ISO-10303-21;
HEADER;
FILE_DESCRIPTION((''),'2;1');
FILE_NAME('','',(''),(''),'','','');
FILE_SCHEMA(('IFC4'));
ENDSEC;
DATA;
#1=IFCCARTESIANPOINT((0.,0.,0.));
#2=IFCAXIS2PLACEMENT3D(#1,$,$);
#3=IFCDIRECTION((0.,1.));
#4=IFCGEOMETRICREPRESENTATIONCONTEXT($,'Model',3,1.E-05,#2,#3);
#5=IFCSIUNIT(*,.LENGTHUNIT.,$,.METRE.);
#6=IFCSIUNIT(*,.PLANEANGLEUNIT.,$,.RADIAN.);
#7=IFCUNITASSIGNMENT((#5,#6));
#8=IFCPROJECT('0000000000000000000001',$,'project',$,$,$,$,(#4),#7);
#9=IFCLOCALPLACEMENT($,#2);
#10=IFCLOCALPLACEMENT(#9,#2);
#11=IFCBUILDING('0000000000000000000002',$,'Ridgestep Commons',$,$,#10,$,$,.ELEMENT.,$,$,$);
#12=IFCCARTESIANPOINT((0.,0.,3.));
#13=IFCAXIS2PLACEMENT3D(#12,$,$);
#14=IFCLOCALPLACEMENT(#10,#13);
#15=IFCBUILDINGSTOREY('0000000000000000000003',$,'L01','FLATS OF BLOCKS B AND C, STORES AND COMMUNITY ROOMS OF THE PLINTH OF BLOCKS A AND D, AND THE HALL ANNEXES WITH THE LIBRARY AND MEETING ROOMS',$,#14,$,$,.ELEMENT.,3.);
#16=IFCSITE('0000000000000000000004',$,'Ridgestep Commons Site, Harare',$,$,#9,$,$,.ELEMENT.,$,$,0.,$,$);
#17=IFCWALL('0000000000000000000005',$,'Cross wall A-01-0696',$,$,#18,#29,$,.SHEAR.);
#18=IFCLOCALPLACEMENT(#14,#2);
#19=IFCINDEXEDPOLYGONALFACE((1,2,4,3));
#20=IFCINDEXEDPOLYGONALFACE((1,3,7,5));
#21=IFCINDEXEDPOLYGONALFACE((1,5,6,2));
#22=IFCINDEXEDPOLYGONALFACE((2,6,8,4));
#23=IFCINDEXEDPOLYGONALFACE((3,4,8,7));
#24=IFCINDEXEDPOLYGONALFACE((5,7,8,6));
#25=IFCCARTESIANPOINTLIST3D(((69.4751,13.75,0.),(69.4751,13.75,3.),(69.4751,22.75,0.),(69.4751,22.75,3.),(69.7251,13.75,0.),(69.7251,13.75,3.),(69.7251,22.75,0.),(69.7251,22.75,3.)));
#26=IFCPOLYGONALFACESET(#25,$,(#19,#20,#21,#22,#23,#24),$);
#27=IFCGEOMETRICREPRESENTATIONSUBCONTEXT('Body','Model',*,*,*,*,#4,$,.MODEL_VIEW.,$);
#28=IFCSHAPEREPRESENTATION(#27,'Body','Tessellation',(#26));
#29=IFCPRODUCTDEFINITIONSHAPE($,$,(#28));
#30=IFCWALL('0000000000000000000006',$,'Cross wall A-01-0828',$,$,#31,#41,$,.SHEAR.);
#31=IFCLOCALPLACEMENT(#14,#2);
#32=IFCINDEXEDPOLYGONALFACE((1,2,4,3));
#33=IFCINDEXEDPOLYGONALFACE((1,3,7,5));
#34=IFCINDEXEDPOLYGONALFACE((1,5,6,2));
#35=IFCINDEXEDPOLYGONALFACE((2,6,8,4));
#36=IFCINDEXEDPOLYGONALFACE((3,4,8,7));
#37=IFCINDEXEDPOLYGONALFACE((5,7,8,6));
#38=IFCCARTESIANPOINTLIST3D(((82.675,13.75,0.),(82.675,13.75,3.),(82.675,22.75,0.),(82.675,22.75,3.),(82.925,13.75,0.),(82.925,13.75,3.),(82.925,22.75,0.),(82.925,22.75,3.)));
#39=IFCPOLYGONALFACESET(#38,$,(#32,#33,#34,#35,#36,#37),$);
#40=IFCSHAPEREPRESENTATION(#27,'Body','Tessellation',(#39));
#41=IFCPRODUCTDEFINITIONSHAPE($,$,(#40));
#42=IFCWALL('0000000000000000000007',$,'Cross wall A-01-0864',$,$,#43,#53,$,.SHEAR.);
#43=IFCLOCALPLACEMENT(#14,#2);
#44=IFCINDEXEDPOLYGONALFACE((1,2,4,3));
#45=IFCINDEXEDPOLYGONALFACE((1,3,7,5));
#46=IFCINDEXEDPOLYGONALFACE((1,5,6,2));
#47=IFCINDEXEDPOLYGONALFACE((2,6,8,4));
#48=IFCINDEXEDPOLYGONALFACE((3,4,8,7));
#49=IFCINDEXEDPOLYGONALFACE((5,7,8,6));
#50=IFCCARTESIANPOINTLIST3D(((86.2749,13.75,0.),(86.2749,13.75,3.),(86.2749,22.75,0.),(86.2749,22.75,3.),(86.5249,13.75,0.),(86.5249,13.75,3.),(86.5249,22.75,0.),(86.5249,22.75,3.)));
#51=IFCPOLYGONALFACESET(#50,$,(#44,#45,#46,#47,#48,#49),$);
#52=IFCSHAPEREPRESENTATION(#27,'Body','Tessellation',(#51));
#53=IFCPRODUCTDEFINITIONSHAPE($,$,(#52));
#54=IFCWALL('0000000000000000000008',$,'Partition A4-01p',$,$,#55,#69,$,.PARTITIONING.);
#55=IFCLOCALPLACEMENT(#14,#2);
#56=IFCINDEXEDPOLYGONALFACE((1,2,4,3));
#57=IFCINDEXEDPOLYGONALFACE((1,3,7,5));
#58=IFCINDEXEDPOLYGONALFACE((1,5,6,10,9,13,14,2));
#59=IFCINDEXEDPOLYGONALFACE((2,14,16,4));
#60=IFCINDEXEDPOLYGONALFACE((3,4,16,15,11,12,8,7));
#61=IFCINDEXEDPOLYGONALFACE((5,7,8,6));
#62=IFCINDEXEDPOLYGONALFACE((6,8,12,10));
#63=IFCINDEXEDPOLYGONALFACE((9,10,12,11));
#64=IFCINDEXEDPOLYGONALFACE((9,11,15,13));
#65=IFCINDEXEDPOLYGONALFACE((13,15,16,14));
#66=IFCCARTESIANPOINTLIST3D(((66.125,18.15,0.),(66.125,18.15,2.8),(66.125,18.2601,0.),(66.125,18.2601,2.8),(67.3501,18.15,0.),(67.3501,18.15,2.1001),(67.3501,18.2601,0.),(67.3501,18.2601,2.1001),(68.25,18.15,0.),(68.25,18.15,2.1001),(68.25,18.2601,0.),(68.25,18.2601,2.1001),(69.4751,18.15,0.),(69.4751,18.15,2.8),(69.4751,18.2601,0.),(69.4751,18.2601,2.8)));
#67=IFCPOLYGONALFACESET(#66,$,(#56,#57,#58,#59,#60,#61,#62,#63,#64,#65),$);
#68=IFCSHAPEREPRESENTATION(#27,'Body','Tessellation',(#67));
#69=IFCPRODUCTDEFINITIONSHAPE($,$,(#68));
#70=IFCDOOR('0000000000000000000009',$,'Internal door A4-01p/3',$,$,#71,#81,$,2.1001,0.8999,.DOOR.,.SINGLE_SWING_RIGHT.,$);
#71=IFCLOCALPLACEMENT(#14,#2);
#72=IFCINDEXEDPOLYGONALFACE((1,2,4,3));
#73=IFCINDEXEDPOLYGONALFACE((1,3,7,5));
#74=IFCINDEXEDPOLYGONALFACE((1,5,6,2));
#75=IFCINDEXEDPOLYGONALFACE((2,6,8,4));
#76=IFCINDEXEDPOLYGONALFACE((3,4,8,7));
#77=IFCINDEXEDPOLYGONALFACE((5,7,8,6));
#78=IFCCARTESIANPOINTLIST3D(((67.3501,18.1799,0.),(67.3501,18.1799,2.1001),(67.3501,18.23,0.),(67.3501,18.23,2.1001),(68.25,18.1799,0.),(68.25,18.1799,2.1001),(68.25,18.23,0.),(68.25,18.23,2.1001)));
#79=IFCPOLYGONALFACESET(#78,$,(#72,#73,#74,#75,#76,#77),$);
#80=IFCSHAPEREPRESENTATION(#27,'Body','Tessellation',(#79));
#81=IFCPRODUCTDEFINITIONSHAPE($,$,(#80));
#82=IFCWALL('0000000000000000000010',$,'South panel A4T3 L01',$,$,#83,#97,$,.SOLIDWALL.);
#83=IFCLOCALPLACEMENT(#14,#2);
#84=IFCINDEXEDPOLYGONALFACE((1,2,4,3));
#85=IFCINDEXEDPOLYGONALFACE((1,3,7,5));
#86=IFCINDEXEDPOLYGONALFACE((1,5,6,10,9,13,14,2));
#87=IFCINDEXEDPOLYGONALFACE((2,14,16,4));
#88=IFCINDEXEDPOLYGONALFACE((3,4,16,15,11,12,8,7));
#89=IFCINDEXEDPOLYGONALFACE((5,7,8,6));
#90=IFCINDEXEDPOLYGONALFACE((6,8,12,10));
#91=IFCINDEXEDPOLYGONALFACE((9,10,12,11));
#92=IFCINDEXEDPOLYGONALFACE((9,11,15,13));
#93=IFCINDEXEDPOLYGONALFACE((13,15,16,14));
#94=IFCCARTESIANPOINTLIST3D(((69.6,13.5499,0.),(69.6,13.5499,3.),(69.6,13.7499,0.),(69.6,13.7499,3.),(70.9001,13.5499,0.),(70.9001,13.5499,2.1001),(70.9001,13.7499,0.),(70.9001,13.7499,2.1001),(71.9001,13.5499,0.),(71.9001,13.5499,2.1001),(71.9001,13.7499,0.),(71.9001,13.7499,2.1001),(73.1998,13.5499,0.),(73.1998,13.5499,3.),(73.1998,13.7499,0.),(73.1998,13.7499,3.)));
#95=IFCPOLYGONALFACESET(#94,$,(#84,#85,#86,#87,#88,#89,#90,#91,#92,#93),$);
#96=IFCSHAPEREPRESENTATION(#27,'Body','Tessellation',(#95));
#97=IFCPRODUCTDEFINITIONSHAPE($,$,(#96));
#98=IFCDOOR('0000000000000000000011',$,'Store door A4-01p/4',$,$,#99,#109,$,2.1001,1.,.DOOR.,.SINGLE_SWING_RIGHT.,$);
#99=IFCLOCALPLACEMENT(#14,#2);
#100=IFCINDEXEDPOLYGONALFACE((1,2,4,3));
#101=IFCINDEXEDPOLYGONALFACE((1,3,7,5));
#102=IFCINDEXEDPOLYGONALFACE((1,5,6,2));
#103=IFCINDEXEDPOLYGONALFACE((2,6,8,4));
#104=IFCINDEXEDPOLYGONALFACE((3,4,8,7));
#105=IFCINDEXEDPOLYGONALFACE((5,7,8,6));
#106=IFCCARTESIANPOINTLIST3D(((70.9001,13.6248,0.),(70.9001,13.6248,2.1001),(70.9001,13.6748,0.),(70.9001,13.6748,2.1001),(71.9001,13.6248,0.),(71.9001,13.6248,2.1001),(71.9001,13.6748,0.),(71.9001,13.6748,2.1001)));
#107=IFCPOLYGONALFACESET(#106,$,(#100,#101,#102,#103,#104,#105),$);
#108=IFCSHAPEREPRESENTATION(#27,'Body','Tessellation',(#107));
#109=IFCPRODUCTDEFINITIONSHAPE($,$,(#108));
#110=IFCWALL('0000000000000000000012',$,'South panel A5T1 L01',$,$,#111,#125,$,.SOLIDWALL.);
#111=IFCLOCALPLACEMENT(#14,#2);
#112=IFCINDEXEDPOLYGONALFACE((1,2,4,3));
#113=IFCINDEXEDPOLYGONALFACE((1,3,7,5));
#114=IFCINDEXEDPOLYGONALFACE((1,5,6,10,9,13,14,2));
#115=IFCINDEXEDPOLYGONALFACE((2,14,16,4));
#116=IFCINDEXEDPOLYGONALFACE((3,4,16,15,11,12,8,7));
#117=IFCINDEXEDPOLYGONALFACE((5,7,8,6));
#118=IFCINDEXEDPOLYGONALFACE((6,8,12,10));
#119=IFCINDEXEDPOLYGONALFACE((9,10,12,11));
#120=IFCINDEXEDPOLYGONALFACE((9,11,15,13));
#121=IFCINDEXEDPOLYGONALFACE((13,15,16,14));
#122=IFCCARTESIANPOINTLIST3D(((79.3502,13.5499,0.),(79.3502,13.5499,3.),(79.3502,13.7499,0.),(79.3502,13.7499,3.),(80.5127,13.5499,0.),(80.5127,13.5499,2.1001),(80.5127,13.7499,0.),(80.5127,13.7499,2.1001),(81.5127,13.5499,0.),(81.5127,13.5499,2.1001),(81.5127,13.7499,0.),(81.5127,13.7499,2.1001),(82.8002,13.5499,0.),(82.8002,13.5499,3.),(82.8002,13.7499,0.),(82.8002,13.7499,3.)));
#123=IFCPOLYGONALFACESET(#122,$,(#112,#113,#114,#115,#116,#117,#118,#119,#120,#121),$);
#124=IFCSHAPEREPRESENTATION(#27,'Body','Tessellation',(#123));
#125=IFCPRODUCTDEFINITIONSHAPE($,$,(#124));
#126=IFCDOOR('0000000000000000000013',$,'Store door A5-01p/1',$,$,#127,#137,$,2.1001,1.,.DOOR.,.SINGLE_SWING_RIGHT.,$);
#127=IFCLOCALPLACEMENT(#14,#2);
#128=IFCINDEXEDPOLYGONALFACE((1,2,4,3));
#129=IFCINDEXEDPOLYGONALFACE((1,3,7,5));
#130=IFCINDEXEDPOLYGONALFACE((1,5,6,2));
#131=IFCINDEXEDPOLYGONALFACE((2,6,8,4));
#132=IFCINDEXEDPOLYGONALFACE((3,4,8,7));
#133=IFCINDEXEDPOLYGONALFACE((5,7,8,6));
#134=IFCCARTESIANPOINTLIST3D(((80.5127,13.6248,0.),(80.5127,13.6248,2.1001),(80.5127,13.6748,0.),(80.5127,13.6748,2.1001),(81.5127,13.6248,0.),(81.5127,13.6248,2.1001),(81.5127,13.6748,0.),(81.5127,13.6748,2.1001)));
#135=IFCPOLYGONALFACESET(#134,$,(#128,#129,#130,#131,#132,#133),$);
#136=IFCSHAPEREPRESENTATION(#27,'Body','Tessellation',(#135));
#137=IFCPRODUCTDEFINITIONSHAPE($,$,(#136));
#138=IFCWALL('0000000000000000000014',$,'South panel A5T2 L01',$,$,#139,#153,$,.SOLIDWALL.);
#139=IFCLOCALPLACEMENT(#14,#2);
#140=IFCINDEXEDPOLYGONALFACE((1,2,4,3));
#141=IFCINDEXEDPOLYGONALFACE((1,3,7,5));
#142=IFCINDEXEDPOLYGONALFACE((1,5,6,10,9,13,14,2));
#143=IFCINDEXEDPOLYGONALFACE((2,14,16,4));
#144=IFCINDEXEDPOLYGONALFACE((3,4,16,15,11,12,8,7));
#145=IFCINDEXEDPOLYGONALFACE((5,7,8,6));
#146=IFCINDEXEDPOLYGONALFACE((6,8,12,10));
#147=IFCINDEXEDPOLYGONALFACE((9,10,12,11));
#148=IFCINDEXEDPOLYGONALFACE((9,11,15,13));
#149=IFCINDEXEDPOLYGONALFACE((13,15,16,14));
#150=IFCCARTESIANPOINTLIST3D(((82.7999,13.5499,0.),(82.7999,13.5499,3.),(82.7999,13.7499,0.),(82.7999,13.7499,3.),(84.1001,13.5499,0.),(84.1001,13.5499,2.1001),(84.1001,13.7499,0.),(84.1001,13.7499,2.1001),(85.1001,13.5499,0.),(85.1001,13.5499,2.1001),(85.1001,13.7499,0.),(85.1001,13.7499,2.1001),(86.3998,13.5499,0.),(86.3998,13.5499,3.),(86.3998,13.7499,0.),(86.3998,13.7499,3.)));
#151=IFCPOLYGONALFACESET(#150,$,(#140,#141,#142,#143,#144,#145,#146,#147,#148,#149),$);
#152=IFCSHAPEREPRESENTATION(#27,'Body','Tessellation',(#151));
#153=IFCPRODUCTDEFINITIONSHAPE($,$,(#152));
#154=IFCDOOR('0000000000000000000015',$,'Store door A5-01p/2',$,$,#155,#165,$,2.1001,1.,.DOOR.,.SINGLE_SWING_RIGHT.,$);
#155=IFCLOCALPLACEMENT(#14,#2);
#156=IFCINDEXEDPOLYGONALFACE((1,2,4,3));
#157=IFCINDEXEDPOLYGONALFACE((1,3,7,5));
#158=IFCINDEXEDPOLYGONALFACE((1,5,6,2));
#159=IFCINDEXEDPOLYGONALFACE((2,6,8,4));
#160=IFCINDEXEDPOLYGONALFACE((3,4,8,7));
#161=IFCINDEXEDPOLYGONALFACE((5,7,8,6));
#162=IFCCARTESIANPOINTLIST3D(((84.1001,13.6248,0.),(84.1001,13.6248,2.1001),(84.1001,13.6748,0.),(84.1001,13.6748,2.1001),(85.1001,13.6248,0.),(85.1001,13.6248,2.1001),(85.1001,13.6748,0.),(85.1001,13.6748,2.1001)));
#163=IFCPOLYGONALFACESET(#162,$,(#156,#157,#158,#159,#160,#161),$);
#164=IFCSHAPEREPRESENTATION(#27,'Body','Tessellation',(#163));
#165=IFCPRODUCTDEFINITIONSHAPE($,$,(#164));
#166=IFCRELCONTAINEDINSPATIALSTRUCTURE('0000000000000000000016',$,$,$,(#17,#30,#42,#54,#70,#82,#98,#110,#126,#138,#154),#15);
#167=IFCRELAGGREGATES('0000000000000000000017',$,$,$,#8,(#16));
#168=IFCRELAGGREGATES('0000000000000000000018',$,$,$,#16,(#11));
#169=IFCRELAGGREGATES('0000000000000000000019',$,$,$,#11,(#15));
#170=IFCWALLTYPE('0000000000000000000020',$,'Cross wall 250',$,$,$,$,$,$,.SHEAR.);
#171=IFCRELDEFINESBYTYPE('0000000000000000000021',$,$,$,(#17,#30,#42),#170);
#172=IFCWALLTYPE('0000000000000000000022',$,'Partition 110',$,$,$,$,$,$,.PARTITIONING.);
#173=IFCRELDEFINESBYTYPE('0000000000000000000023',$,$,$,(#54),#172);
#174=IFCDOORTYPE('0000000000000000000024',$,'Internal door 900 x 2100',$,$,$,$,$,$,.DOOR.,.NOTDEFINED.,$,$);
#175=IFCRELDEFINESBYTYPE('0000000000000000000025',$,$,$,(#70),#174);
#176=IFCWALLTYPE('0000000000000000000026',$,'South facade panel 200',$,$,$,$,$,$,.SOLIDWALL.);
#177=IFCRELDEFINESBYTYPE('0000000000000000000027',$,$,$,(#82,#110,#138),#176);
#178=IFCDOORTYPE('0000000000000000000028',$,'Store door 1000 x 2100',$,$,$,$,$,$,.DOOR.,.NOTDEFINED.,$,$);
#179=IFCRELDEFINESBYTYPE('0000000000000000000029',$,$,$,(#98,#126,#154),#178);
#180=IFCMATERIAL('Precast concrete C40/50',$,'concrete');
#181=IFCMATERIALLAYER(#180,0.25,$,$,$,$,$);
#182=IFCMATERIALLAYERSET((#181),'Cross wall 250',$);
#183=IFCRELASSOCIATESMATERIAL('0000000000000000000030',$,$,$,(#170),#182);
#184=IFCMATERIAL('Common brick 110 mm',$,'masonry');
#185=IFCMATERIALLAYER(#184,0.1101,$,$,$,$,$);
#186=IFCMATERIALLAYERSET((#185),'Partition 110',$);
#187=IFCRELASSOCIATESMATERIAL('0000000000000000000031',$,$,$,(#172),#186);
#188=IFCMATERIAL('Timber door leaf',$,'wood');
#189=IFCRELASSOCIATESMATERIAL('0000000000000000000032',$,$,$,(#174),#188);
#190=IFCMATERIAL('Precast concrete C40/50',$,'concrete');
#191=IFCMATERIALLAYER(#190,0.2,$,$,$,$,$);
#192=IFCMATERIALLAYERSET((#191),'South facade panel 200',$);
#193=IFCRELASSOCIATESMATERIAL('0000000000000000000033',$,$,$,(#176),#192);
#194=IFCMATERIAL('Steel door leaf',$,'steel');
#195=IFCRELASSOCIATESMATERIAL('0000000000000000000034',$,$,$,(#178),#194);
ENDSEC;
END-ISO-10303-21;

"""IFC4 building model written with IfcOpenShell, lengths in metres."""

from ifc_helpers import new_model, si_unit, direction, frame, frame_2d, origin, place, context, subcontext, project, spatial, rectangle, extrude, material, layer, layer_set, type_object, element, fill, save


model = new_model("IFC4")

# Units and contexts
model_context = context("Model", 3, precision=1e-05, world=origin(), true_north=direction((0.0, 1.0)))
body_context = subcontext(model_context, "Body", "Model", "MODEL_VIEW")
ifc_project = project(units=[si_unit("LENGTHUNIT", "METRE"), si_unit("PLANEANGLEUNIT", "RADIAN")], contexts=[model_context])

# Site, building, storey
site_placement = place(None, origin())
site = spatial("IfcSite", under=ifc_project, at=site_placement, Name="Ridgestep Commons Site, Harare", CompositionType="ELEMENT", RefElevation=0.0)
building_placement = place(site_placement, origin())
building = spatial("IfcBuilding", under=site, at=building_placement, Name="Ridgestep Commons", CompositionType="ELEMENT")
storey_placement = place(building_placement, frame((0.0, 0.0, 3.0)))
storey = spatial("IfcBuildingStorey", under=building, at=storey_placement, Name="L01", Description="FLATS OF BLOCKS B AND C, STORES AND COMMUNITY ROOMS OF THE PLINTH OF BLOCKS A AND D, AND THE HALL ANNEXES WITH THE LIBRARY AND MEETING ROOMS", CompositionType="ELEMENT", Elevation=3.0)

# Walls
ifc_material_1 = material(Name="Precast concrete C40/50", Category="concrete")
ifc_layer_1 = layer(ifc_material_1, 0.25)
ifc_layer_set_1 = layer_set([ifc_layer_1], Name="Cross wall 250")
wall_type_1 = type_object("IfcWallType", Name="Cross wall 250", PredefinedType="SHEAR", material=ifc_layer_set_1)
for number, where, z_axis, x_axis, name in (
    (1, (69.6001, 13.75, 0.0), (0.0, 0.0, 1.0), (0.0, 1.0, 0.0), "Cross wall A-01-0696"),
    (2, (82.8, 13.75, 0.0), (0.0, 0.0, 1.0), (0.0, 1.0, 0.0), "Cross wall A-01-0828"),
    (3, (86.3999, 13.75, 0.0), (0.0, 0.0, 1.0), (0.0, 1.0, 0.0), "Cross wall A-01-0864"),
):
    element("IfcWall", number, at=place(storey_placement, frame(where, z_axis=z_axis, x_axis=x_axis)), inside=storey, type_object=wall_type_1, Name=name, PredefinedType="SHEAR", context=body_context, shape_type="SweptSolid", body=[
        extrude(rectangle(XDim=9.0, YDim=0.25, at=frame_2d((4.5, 0.0))), origin(), (0.0, 0.0, 1.0), 3.0),
    ])

# Walls, openings, doors
ifc_material_2 = material(Name="Common brick 110 mm", Category="masonry")
ifc_layer_2 = layer(ifc_material_2, 0.1101)
ifc_layer_set_2 = layer_set([ifc_layer_2], Name="Partition 110")
wall_type_2 = type_object("IfcWallType", Name="Partition 110", PredefinedType="PARTITIONING", material=ifc_layer_set_2)
wall_1_placement = place(storey_placement, frame((66.125, 18.2051, 0.0), z_axis=(0.0, 0.0, 1.0), x_axis=(1.0, 0.0, 0.0)))
wall_1 = element("IfcWall", 4, at=wall_1_placement, inside=storey, type_object=wall_type_2, Name="Partition A4-01p", PredefinedType="PARTITIONING", context=body_context, shape_type="SweptSolid", body=[
    extrude(rectangle(XDim=3.3501, YDim=0.1101, at=frame_2d((1.675, 0.0))), origin(), (0.0, 0.0, 1.0), 2.8),
])
opening_1_placement = place(wall_1_placement, frame((1.2251, 0.0, 0.0)))
opening_1 = element("IfcOpeningElement", 5, at=opening_1_placement, cuts=wall_1, PredefinedType="OPENING", context=body_context, shape_type="SweptSolid", body=[
    extrude(rectangle(XDim=0.8999, YDim=2.1001, at=frame_2d((0.45, 1.05))), frame((0.0, 0.0649, 0.0), z_axis=(0.0, -1.0, 0.0), x_axis=(1.0, 0.0, 0.0)), (0.0, 0.0, 1.0), 0.1301),
])
ifc_material_3 = material(Name="Timber door leaf", Category="wood")
door_type_1 = type_object("IfcDoorType", Name="Internal door 900 x 2100", OperationType="NOTDEFINED", PredefinedType="DOOR", material=ifc_material_3)
door_1_placement = place(opening_1_placement, origin())
door_1 = element("IfcDoor", 6, at=door_1_placement, inside=storey, type_object=door_type_1, Name="Internal door A4-01p/3", OperationType="SINGLE_SWING_RIGHT", OverallHeight=2.1001, OverallWidth=0.8999, PredefinedType="DOOR", context=body_context, shape_type="SweptSolid", body=[
    extrude(rectangle(XDim=0.8999, YDim=2.1001, at=frame_2d((0.45, 1.05))), frame((0.0, 0.0249, 0.0), z_axis=(0.0, -1.0, 0.0), x_axis=(1.0, 0.0, 0.0)), (0.0, 0.0, 1.0), 0.05),
])
fill(opening_1, door_1)
ifc_material_4 = material(Name="Precast concrete C40/50", Category="concrete")
ifc_layer_3 = layer(ifc_material_4, 0.2)
ifc_layer_set_3 = layer_set([ifc_layer_3], Name="South facade panel 200")
wall_type_3 = type_object("IfcWallType", Name="South facade panel 200", PredefinedType="SOLIDWALL", material=ifc_layer_set_3)
wall_2_placement = place(storey_placement, frame((69.6001, 13.6499, 0.0), z_axis=(0.0, 0.0, 1.0), x_axis=(1.0, 0.0, 0.0)))
wall_2 = element("IfcWall", 7, at=wall_2_placement, inside=storey, type_object=wall_type_3, Name="South panel A4T3 L01", PredefinedType="SOLIDWALL", context=body_context, shape_type="SweptSolid", body=[
    extrude(rectangle(XDim=3.5999, YDim=0.2, at=frame_2d((1.7998, 0.0))), origin(), (0.0, 0.0, 1.0), 3.0),
])
opening_2_placement = place(wall_2_placement, frame((1.3, 0.0, 0.0)))
opening_2 = element("IfcOpeningElement", 8, at=opening_2_placement, cuts=wall_2, PredefinedType="OPENING", context=body_context, shape_type="SweptSolid", body=[
    extrude(rectangle(XDim=1.0, YDim=2.1001, at=frame_2d((0.5, 1.05))), frame((0.0, 0.1099, 0.0), z_axis=(0.0, -1.0, 0.0), x_axis=(1.0, 0.0, 0.0)), (0.0, 0.0, 1.0), 0.22),
])
ifc_material_5 = material(Name="Steel door leaf", Category="steel")
door_type_2 = type_object("IfcDoorType", Name="Store door 1000 x 2100", OperationType="NOTDEFINED", PredefinedType="DOOR", material=ifc_material_5)
door_2_placement = place(opening_2_placement, origin())
door_2 = element("IfcDoor", 9, at=door_2_placement, inside=storey, type_object=door_type_2, Name="Store door A4-01p/4", OperationType="SINGLE_SWING_RIGHT", OverallHeight=2.1001, OverallWidth=1.0, PredefinedType="DOOR", context=body_context, shape_type="SweptSolid", body=[
    extrude(rectangle(XDim=1.0, YDim=2.1001, at=frame_2d((0.5, 1.05))), frame((0.0, 0.0249, 0.0), z_axis=(0.0, -1.0, 0.0), x_axis=(1.0, 0.0, 0.0)), (0.0, 0.0, 1.0), 0.05),
])
fill(opening_2, door_2)
wall_3_placement = place(storey_placement, frame((79.3501, 13.6499, 0.0), z_axis=(0.0, 0.0, 1.0), x_axis=(1.0, 0.0, 0.0)))
wall_3 = element("IfcWall", 10, at=wall_3_placement, inside=storey, type_object=wall_type_3, Name="South panel A5T1 L01", PredefinedType="SOLIDWALL", context=body_context, shape_type="SweptSolid", body=[
    extrude(rectangle(XDim=3.45, YDim=0.2, at=frame_2d((1.7251, 0.0))), origin(), (0.0, 0.0, 1.0), 3.0),
])
opening_3_placement = place(wall_3_placement, frame((1.1626, 0.0, 0.0)))
opening_3 = element("IfcOpeningElement", 11, at=opening_3_placement, cuts=wall_3, PredefinedType="OPENING", context=body_context, shape_type="SweptSolid", body=[
    extrude(rectangle(XDim=1.0, YDim=2.1001, at=frame_2d((0.5, 1.05))), frame((0.0, 0.1099, 0.0), z_axis=(0.0, -1.0, 0.0), x_axis=(1.0, 0.0, 0.0)), (0.0, 0.0, 1.0), 0.22),
])
door_3_placement = place(opening_3_placement, origin())
door_3 = element("IfcDoor", 12, at=door_3_placement, inside=storey, type_object=door_type_2, Name="Store door A5-01p/1", OperationType="SINGLE_SWING_RIGHT", OverallHeight=2.1001, OverallWidth=1.0, PredefinedType="DOOR", context=body_context, shape_type="SweptSolid", body=[
    extrude(rectangle(XDim=1.0, YDim=2.1001, at=frame_2d((0.5, 1.05))), frame((0.0, 0.0249, 0.0), z_axis=(0.0, -1.0, 0.0), x_axis=(1.0, 0.0, 0.0)), (0.0, 0.0, 1.0), 0.05),
])
fill(opening_3, door_3)
wall_4_placement = place(storey_placement, frame((82.8, 13.6499, 0.0), z_axis=(0.0, 0.0, 1.0), x_axis=(1.0, 0.0, 0.0)))
wall_4 = element("IfcWall", 13, at=wall_4_placement, inside=storey, type_object=wall_type_3, Name="South panel A5T2 L01", PredefinedType="SOLIDWALL", context=body_context, shape_type="SweptSolid", body=[
    extrude(rectangle(XDim=3.5999, YDim=0.2, at=frame_2d((1.7998, 0.0))), origin(), (0.0, 0.0, 1.0), 3.0),
])
opening_4_placement = place(wall_4_placement, frame((1.3, 0.0, 0.0)))
opening_4 = element("IfcOpeningElement", 14, at=opening_4_placement, cuts=wall_4, PredefinedType="OPENING", context=body_context, shape_type="SweptSolid", body=[
    extrude(rectangle(XDim=1.0, YDim=2.1001, at=frame_2d((0.5, 1.05))), frame((0.0, 0.1099, 0.0), z_axis=(0.0, -1.0, 0.0), x_axis=(1.0, 0.0, 0.0)), (0.0, 0.0, 1.0), 0.22),
])
door_4_placement = place(opening_4_placement, origin())
door_4 = element("IfcDoor", 15, at=door_4_placement, inside=storey, type_object=door_type_2, Name="Store door A5-01p/2", OperationType="SINGLE_SWING_RIGHT", OverallHeight=2.1001, OverallWidth=1.0, PredefinedType="DOOR", context=body_context, shape_type="SweptSolid", body=[
    extrude(rectangle(XDim=1.0, YDim=2.1001, at=frame_2d((0.5, 1.05))), frame((0.0, 0.0249, 0.0), z_axis=(0.0, -1.0, 0.0), x_axis=(1.0, 0.0, 0.0)), (0.0, 0.0, 1.0), 0.05),
])
fill(opening_4, door_4)

save(model, "model.ifc")
